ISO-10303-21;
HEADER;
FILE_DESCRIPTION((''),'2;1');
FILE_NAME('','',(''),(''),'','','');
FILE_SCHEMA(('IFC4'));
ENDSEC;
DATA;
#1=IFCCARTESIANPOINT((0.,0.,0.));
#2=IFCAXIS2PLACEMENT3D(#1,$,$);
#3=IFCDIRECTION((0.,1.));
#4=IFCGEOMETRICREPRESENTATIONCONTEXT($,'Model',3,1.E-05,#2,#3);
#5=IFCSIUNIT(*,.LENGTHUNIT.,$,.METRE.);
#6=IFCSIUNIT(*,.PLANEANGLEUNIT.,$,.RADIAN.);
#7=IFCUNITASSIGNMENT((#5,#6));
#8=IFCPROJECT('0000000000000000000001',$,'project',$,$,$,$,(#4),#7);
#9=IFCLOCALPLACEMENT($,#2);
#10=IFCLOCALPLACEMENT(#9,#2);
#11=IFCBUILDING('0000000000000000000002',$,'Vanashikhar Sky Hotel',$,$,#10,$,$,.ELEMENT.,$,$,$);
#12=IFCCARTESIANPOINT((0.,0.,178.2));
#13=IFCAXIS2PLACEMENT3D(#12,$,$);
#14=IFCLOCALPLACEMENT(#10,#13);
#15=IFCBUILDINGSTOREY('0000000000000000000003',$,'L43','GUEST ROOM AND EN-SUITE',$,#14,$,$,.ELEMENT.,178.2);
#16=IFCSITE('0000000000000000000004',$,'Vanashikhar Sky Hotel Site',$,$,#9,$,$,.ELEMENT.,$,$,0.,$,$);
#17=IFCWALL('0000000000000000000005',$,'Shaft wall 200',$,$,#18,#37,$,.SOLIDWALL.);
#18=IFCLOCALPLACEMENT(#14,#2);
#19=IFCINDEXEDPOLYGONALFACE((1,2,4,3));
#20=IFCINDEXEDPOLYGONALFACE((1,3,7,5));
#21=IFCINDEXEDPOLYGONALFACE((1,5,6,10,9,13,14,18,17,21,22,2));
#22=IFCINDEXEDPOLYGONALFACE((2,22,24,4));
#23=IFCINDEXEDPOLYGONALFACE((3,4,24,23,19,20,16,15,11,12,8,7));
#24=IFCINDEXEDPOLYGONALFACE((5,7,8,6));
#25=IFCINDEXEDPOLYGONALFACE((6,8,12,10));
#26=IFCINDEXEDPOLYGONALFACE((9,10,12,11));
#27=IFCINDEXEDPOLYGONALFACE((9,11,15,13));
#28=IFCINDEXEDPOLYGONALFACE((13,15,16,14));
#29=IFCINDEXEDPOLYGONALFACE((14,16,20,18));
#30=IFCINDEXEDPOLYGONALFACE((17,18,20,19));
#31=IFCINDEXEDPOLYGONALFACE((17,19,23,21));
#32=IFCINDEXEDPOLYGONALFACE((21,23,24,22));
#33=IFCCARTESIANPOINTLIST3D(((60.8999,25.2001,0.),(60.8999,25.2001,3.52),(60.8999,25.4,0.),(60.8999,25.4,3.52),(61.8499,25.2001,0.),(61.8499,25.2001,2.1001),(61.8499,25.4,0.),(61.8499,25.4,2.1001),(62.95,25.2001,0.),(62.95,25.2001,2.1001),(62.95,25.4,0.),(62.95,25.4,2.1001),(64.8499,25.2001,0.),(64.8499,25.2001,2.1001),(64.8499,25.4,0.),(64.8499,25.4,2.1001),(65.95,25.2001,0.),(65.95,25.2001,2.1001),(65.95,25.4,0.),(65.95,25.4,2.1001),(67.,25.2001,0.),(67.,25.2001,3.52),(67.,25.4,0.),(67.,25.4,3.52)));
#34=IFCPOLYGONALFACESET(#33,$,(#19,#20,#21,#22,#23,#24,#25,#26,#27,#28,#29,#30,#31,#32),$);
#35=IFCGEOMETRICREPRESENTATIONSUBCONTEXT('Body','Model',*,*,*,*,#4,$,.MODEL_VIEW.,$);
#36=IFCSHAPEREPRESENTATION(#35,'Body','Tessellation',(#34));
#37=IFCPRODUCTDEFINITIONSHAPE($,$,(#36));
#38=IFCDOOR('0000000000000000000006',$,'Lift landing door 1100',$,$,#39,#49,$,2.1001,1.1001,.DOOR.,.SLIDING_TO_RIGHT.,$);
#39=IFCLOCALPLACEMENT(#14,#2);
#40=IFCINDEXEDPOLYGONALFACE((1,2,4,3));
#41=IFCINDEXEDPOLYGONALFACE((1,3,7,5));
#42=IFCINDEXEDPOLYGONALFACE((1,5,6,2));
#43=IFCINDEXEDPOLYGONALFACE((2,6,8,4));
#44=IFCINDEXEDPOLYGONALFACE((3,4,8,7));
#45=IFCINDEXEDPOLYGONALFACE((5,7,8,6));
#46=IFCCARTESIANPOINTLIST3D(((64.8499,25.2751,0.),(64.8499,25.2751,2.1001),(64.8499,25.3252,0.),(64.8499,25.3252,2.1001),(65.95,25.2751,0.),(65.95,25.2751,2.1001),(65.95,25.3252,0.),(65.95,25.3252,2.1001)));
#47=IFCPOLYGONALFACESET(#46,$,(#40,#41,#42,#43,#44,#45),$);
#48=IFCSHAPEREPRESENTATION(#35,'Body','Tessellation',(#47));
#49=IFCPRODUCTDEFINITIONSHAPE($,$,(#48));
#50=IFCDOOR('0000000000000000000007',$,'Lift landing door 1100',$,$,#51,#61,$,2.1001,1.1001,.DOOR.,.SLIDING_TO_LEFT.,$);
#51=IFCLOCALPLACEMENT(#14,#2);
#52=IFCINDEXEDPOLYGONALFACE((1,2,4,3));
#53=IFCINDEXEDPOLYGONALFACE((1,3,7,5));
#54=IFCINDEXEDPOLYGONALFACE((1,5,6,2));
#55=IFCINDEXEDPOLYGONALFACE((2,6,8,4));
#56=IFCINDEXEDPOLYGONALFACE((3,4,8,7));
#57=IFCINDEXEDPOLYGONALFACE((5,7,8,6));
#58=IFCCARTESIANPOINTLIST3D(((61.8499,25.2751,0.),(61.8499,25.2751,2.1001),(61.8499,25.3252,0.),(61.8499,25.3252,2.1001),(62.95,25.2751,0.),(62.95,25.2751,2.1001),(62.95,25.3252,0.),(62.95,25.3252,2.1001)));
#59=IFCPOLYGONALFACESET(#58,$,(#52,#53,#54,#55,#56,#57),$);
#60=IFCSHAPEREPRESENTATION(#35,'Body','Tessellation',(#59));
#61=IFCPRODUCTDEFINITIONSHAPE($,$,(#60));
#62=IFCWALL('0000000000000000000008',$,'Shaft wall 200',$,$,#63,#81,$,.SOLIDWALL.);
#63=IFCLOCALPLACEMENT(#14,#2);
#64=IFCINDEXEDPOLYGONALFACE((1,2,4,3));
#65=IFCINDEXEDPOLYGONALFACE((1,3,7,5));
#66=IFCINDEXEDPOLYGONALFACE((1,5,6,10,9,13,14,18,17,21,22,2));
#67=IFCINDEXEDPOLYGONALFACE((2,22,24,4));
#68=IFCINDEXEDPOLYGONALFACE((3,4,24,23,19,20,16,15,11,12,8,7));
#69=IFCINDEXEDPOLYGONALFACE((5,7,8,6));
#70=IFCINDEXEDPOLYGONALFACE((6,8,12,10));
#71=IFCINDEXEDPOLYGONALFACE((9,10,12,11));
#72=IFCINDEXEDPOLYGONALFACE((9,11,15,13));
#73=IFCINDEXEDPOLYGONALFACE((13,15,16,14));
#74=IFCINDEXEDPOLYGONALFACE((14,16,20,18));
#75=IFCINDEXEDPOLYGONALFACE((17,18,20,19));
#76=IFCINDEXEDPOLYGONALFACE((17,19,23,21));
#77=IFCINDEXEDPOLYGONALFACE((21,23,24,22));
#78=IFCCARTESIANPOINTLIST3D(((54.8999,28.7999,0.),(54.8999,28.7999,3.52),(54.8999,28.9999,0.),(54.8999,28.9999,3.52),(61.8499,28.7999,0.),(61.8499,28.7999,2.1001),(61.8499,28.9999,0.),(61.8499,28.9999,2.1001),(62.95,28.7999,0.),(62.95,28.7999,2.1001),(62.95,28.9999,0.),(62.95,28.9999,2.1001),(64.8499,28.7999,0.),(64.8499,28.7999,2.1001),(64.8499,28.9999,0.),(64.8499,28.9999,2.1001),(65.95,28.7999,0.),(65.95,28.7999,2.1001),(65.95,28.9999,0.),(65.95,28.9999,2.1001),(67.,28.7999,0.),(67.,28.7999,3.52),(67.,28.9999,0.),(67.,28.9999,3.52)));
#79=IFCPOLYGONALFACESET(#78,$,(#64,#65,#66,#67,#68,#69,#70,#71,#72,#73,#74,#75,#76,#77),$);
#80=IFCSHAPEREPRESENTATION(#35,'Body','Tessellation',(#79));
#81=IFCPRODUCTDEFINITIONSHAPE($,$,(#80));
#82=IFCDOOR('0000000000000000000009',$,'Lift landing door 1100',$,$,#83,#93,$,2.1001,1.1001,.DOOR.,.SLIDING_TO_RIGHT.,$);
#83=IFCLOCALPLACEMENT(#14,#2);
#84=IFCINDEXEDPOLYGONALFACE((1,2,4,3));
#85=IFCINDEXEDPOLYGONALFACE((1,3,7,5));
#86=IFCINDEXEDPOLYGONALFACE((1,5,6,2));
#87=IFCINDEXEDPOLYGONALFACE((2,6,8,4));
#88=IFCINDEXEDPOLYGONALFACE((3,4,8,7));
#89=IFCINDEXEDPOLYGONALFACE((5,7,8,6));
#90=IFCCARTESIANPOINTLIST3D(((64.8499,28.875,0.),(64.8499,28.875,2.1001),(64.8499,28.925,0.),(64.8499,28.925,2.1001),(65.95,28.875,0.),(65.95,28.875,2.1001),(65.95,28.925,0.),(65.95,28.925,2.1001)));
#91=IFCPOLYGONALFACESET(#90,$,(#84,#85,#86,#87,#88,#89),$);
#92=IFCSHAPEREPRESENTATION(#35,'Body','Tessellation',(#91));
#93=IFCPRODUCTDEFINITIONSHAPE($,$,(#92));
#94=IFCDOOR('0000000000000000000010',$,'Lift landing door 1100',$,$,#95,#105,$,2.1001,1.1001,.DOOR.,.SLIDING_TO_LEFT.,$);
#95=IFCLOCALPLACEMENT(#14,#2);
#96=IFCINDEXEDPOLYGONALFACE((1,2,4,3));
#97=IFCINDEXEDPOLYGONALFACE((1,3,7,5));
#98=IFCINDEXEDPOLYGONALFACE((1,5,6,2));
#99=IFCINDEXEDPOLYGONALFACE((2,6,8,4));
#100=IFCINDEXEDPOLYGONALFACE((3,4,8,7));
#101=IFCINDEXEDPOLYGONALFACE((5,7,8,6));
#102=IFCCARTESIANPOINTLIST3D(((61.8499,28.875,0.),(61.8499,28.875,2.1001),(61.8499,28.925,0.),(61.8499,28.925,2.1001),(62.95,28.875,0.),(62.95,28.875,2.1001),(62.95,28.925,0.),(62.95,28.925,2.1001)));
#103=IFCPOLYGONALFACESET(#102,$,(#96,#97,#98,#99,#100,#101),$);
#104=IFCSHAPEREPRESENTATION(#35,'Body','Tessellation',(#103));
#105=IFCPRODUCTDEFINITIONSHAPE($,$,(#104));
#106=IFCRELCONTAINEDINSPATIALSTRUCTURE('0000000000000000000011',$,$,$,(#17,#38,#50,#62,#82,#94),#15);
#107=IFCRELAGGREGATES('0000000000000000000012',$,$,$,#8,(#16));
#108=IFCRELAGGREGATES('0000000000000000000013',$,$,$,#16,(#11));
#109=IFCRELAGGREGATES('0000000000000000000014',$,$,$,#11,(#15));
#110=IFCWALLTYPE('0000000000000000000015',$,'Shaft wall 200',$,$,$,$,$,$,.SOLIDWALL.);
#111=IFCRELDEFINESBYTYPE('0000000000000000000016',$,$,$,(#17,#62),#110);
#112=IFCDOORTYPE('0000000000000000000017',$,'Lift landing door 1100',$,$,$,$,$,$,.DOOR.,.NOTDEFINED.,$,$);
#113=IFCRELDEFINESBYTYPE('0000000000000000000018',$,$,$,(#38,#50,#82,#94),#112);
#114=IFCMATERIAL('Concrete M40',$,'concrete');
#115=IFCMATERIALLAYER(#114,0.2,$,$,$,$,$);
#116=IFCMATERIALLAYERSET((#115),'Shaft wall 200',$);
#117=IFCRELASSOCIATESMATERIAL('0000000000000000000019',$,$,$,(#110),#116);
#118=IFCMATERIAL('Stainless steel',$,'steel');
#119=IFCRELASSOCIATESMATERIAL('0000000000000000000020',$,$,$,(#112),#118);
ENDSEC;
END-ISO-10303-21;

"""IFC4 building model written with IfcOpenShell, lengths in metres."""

from ifc_helpers import new_model, si_unit, direction, frame, frame_2d, origin, place, context, subcontext, project, spatial, rectangle, extrude, source, transform, mapped, material, layer, layer_set, type_object, element, fill, save


model = new_model("IFC4")

# Units and contexts
model_context = context("Model", 3, precision=1e-05, world=origin(), true_north=direction((0.0, 1.0)))
body_context = subcontext(model_context, "Body", "Model", "MODEL_VIEW")
ifc_project = project(units=[si_unit("LENGTHUNIT", "METRE"), si_unit("PLANEANGLEUNIT", "RADIAN")], contexts=[model_context])

# Site, building, storey
site_placement = place(None, origin())
site = spatial("IfcSite", under=ifc_project, at=site_placement, Name="Vanashikhar Sky Hotel Site", CompositionType="ELEMENT", RefElevation=0.0)
building_placement = place(site_placement, origin())
building = spatial("IfcBuilding", under=site, at=building_placement, Name="Vanashikhar Sky Hotel", CompositionType="ELEMENT")
storey_placement = place(building_placement, frame((0.0, 0.0, 178.2)))
storey = spatial("IfcBuildingStorey", under=building, at=storey_placement, Name="L43", Description="GUEST ROOM AND EN-SUITE", CompositionType="ELEMENT", Elevation=178.2)

# Shared definitions
ifc_material_1 = material(Name="Concrete M40", Category="concrete")
ifc_layer_1 = layer(ifc_material_1, 0.2)
ifc_layer_set_1 = layer_set([ifc_layer_1], Name="Shaft wall 200")
wall_type_1 = type_object("IfcWallType", Name="Shaft wall 200", PredefinedType="SOLIDWALL", material=ifc_layer_set_1)

# Walls, openings, doors
shared_shape_1 = source(origin(), body_context, "Body", "SweptSolid", [
    extrude(rectangle(XDim=6.1001, YDim=0.2, at=frame_2d((3.05, 0.0))), origin(), (0.0, 0.0, 1.0), 3.52),
])
wall_1_placement = place(storey_placement, frame((67.0, 25.3, 0.0), z_axis=(0.0, 0.0, 1.0), x_axis=(-1.0, 0.0, 0.0)))
wall_1 = element("IfcWall", 1, at=wall_1_placement, inside=storey, type_object=wall_type_1, Name="Shaft wall 200", PredefinedType="SOLIDWALL", context=body_context, shape_type="MappedRepresentation", body=[
    mapped(shared_shape_1, transform((0.0, 0.0, 0.0), scale=1.0)),
])
shared_shape_2 = source(origin(), body_context, "Body", "SweptSolid", [
    extrude(rectangle(XDim=1.1001, YDim=2.1001, at=frame_2d((0.55, 1.05))), frame((0.0, 0.1099, 0.0), z_axis=(0.0, -1.0, 0.0), x_axis=(1.0, 0.0, 0.0)), (0.0, 0.0, 1.0), 0.22),
])
opening_1_placement = place(wall_1_placement, frame((1.05, 0.0, 0.0)))
opening_1 = element("IfcOpeningElement", 2, at=opening_1_placement, cuts=wall_1, PredefinedType="OPENING", context=body_context, shape_type="MappedRepresentation", body=[
    mapped(shared_shape_2, transform((0.0, 0.0, 0.0), scale=1.0)),
])
opening_2_placement = place(wall_1_placement, frame((4.05, 0.0, 0.0)))
opening_2 = element("IfcOpeningElement", 3, at=opening_2_placement, cuts=wall_1, PredefinedType="OPENING", context=body_context, shape_type="MappedRepresentation", body=[
    mapped(shared_shape_2, transform((0.0, 0.0, 0.0), scale=1.0)),
])
ifc_material_2 = material(Name="Stainless steel", Category="steel")
door_type_1 = type_object("IfcDoorType", Name="Lift landing door 1100", OperationType="NOTDEFINED", PredefinedType="DOOR", material=ifc_material_2)
shared_shape_3 = source(origin(), body_context, "Body", "SweptSolid", [
    extrude(rectangle(XDim=1.1001, YDim=2.1001, at=frame_2d((0.55, 1.05))), frame((0.0, 0.0249, 0.0), z_axis=(0.0, -1.0, 0.0), x_axis=(1.0, 0.0, 0.0)), (0.0, 0.0, 1.0), 0.05),
])
door_1_placement = place(opening_1_placement, origin())
door_1 = element("IfcDoor", 4, at=door_1_placement, inside=storey, type_object=door_type_1, Name="Lift landing door 1100", OperationType="SLIDING_TO_RIGHT", OverallHeight=2.1001, OverallWidth=1.1001, PredefinedType="DOOR", context=body_context, shape_type="MappedRepresentation", body=[
    mapped(shared_shape_3, transform((0.0, 0.0, 0.0), scale=1.0)),
])
fill(opening_1, door_1)
door_2_placement = place(opening_2_placement, origin())
door_2 = element("IfcDoor", 5, at=door_2_placement, inside=storey, type_object=door_type_1, Name="Lift landing door 1100", OperationType="SLIDING_TO_LEFT", OverallHeight=2.1001, OverallWidth=1.1001, PredefinedType="DOOR", context=body_context, shape_type="MappedRepresentation", body=[
    mapped(shared_shape_3, transform((0.0, 0.0, 0.0), scale=1.0)),
])
fill(opening_2, door_2)
shared_shape_4 = source(origin(), body_context, "Body", "SweptSolid", [
    extrude(rectangle(XDim=12.1001, YDim=0.2, at=frame_2d((6.05, 0.0))), origin(), (0.0, 0.0, 1.0), 3.52),
])
wall_2_placement = place(storey_placement, frame((67.0, 28.8999, 0.0), z_axis=(0.0, 0.0, 1.0), x_axis=(-1.0, 0.0, 0.0)))
wall_2 = element("IfcWall", 6, at=wall_2_placement, inside=storey, type_object=wall_type_1, Name="Shaft wall 200", PredefinedType="SOLIDWALL", context=body_context, shape_type="MappedRepresentation", body=[
    mapped(shared_shape_4, transform((0.0, 0.0, 0.0), scale=1.0)),
])
opening_3_placement = place(wall_2_placement, frame((1.05, 0.0, 0.0)))
opening_3 = element("IfcOpeningElement", 7, at=opening_3_placement, cuts=wall_2, PredefinedType="OPENING", context=body_context, shape_type="MappedRepresentation", body=[
    mapped(shared_shape_2, transform((0.0, 0.0, 0.0), scale=1.0)),
])
opening_4_placement = place(wall_2_placement, frame((4.05, 0.0, 0.0)))
opening_4 = element("IfcOpeningElement", 8, at=opening_4_placement, cuts=wall_2, PredefinedType="OPENING", context=body_context, shape_type="MappedRepresentation", body=[
    mapped(shared_shape_2, transform((0.0, 0.0, 0.0), scale=1.0)),
])
door_3_placement = place(opening_3_placement, origin())
door_3 = element("IfcDoor", 9, at=door_3_placement, inside=storey, type_object=door_type_1, Name="Lift landing door 1100", OperationType="SLIDING_TO_RIGHT", OverallHeight=2.1001, OverallWidth=1.1001, PredefinedType="DOOR", context=body_context, shape_type="MappedRepresentation", body=[
    mapped(shared_shape_3, transform((0.0, 0.0, 0.0), scale=1.0)),
])
fill(opening_3, door_3)
door_4_placement = place(opening_4_placement, origin())
door_4 = element("IfcDoor", 10, at=door_4_placement, inside=storey, type_object=door_type_1, Name="Lift landing door 1100", OperationType="SLIDING_TO_LEFT", OverallHeight=2.1001, OverallWidth=1.1001, PredefinedType="DOOR", context=body_context, shape_type="MappedRepresentation", body=[
    mapped(shared_shape_3, transform((0.0, 0.0, 0.0), scale=1.0)),
])
fill(opening_4, door_4)

save(model, "model.ifc")
